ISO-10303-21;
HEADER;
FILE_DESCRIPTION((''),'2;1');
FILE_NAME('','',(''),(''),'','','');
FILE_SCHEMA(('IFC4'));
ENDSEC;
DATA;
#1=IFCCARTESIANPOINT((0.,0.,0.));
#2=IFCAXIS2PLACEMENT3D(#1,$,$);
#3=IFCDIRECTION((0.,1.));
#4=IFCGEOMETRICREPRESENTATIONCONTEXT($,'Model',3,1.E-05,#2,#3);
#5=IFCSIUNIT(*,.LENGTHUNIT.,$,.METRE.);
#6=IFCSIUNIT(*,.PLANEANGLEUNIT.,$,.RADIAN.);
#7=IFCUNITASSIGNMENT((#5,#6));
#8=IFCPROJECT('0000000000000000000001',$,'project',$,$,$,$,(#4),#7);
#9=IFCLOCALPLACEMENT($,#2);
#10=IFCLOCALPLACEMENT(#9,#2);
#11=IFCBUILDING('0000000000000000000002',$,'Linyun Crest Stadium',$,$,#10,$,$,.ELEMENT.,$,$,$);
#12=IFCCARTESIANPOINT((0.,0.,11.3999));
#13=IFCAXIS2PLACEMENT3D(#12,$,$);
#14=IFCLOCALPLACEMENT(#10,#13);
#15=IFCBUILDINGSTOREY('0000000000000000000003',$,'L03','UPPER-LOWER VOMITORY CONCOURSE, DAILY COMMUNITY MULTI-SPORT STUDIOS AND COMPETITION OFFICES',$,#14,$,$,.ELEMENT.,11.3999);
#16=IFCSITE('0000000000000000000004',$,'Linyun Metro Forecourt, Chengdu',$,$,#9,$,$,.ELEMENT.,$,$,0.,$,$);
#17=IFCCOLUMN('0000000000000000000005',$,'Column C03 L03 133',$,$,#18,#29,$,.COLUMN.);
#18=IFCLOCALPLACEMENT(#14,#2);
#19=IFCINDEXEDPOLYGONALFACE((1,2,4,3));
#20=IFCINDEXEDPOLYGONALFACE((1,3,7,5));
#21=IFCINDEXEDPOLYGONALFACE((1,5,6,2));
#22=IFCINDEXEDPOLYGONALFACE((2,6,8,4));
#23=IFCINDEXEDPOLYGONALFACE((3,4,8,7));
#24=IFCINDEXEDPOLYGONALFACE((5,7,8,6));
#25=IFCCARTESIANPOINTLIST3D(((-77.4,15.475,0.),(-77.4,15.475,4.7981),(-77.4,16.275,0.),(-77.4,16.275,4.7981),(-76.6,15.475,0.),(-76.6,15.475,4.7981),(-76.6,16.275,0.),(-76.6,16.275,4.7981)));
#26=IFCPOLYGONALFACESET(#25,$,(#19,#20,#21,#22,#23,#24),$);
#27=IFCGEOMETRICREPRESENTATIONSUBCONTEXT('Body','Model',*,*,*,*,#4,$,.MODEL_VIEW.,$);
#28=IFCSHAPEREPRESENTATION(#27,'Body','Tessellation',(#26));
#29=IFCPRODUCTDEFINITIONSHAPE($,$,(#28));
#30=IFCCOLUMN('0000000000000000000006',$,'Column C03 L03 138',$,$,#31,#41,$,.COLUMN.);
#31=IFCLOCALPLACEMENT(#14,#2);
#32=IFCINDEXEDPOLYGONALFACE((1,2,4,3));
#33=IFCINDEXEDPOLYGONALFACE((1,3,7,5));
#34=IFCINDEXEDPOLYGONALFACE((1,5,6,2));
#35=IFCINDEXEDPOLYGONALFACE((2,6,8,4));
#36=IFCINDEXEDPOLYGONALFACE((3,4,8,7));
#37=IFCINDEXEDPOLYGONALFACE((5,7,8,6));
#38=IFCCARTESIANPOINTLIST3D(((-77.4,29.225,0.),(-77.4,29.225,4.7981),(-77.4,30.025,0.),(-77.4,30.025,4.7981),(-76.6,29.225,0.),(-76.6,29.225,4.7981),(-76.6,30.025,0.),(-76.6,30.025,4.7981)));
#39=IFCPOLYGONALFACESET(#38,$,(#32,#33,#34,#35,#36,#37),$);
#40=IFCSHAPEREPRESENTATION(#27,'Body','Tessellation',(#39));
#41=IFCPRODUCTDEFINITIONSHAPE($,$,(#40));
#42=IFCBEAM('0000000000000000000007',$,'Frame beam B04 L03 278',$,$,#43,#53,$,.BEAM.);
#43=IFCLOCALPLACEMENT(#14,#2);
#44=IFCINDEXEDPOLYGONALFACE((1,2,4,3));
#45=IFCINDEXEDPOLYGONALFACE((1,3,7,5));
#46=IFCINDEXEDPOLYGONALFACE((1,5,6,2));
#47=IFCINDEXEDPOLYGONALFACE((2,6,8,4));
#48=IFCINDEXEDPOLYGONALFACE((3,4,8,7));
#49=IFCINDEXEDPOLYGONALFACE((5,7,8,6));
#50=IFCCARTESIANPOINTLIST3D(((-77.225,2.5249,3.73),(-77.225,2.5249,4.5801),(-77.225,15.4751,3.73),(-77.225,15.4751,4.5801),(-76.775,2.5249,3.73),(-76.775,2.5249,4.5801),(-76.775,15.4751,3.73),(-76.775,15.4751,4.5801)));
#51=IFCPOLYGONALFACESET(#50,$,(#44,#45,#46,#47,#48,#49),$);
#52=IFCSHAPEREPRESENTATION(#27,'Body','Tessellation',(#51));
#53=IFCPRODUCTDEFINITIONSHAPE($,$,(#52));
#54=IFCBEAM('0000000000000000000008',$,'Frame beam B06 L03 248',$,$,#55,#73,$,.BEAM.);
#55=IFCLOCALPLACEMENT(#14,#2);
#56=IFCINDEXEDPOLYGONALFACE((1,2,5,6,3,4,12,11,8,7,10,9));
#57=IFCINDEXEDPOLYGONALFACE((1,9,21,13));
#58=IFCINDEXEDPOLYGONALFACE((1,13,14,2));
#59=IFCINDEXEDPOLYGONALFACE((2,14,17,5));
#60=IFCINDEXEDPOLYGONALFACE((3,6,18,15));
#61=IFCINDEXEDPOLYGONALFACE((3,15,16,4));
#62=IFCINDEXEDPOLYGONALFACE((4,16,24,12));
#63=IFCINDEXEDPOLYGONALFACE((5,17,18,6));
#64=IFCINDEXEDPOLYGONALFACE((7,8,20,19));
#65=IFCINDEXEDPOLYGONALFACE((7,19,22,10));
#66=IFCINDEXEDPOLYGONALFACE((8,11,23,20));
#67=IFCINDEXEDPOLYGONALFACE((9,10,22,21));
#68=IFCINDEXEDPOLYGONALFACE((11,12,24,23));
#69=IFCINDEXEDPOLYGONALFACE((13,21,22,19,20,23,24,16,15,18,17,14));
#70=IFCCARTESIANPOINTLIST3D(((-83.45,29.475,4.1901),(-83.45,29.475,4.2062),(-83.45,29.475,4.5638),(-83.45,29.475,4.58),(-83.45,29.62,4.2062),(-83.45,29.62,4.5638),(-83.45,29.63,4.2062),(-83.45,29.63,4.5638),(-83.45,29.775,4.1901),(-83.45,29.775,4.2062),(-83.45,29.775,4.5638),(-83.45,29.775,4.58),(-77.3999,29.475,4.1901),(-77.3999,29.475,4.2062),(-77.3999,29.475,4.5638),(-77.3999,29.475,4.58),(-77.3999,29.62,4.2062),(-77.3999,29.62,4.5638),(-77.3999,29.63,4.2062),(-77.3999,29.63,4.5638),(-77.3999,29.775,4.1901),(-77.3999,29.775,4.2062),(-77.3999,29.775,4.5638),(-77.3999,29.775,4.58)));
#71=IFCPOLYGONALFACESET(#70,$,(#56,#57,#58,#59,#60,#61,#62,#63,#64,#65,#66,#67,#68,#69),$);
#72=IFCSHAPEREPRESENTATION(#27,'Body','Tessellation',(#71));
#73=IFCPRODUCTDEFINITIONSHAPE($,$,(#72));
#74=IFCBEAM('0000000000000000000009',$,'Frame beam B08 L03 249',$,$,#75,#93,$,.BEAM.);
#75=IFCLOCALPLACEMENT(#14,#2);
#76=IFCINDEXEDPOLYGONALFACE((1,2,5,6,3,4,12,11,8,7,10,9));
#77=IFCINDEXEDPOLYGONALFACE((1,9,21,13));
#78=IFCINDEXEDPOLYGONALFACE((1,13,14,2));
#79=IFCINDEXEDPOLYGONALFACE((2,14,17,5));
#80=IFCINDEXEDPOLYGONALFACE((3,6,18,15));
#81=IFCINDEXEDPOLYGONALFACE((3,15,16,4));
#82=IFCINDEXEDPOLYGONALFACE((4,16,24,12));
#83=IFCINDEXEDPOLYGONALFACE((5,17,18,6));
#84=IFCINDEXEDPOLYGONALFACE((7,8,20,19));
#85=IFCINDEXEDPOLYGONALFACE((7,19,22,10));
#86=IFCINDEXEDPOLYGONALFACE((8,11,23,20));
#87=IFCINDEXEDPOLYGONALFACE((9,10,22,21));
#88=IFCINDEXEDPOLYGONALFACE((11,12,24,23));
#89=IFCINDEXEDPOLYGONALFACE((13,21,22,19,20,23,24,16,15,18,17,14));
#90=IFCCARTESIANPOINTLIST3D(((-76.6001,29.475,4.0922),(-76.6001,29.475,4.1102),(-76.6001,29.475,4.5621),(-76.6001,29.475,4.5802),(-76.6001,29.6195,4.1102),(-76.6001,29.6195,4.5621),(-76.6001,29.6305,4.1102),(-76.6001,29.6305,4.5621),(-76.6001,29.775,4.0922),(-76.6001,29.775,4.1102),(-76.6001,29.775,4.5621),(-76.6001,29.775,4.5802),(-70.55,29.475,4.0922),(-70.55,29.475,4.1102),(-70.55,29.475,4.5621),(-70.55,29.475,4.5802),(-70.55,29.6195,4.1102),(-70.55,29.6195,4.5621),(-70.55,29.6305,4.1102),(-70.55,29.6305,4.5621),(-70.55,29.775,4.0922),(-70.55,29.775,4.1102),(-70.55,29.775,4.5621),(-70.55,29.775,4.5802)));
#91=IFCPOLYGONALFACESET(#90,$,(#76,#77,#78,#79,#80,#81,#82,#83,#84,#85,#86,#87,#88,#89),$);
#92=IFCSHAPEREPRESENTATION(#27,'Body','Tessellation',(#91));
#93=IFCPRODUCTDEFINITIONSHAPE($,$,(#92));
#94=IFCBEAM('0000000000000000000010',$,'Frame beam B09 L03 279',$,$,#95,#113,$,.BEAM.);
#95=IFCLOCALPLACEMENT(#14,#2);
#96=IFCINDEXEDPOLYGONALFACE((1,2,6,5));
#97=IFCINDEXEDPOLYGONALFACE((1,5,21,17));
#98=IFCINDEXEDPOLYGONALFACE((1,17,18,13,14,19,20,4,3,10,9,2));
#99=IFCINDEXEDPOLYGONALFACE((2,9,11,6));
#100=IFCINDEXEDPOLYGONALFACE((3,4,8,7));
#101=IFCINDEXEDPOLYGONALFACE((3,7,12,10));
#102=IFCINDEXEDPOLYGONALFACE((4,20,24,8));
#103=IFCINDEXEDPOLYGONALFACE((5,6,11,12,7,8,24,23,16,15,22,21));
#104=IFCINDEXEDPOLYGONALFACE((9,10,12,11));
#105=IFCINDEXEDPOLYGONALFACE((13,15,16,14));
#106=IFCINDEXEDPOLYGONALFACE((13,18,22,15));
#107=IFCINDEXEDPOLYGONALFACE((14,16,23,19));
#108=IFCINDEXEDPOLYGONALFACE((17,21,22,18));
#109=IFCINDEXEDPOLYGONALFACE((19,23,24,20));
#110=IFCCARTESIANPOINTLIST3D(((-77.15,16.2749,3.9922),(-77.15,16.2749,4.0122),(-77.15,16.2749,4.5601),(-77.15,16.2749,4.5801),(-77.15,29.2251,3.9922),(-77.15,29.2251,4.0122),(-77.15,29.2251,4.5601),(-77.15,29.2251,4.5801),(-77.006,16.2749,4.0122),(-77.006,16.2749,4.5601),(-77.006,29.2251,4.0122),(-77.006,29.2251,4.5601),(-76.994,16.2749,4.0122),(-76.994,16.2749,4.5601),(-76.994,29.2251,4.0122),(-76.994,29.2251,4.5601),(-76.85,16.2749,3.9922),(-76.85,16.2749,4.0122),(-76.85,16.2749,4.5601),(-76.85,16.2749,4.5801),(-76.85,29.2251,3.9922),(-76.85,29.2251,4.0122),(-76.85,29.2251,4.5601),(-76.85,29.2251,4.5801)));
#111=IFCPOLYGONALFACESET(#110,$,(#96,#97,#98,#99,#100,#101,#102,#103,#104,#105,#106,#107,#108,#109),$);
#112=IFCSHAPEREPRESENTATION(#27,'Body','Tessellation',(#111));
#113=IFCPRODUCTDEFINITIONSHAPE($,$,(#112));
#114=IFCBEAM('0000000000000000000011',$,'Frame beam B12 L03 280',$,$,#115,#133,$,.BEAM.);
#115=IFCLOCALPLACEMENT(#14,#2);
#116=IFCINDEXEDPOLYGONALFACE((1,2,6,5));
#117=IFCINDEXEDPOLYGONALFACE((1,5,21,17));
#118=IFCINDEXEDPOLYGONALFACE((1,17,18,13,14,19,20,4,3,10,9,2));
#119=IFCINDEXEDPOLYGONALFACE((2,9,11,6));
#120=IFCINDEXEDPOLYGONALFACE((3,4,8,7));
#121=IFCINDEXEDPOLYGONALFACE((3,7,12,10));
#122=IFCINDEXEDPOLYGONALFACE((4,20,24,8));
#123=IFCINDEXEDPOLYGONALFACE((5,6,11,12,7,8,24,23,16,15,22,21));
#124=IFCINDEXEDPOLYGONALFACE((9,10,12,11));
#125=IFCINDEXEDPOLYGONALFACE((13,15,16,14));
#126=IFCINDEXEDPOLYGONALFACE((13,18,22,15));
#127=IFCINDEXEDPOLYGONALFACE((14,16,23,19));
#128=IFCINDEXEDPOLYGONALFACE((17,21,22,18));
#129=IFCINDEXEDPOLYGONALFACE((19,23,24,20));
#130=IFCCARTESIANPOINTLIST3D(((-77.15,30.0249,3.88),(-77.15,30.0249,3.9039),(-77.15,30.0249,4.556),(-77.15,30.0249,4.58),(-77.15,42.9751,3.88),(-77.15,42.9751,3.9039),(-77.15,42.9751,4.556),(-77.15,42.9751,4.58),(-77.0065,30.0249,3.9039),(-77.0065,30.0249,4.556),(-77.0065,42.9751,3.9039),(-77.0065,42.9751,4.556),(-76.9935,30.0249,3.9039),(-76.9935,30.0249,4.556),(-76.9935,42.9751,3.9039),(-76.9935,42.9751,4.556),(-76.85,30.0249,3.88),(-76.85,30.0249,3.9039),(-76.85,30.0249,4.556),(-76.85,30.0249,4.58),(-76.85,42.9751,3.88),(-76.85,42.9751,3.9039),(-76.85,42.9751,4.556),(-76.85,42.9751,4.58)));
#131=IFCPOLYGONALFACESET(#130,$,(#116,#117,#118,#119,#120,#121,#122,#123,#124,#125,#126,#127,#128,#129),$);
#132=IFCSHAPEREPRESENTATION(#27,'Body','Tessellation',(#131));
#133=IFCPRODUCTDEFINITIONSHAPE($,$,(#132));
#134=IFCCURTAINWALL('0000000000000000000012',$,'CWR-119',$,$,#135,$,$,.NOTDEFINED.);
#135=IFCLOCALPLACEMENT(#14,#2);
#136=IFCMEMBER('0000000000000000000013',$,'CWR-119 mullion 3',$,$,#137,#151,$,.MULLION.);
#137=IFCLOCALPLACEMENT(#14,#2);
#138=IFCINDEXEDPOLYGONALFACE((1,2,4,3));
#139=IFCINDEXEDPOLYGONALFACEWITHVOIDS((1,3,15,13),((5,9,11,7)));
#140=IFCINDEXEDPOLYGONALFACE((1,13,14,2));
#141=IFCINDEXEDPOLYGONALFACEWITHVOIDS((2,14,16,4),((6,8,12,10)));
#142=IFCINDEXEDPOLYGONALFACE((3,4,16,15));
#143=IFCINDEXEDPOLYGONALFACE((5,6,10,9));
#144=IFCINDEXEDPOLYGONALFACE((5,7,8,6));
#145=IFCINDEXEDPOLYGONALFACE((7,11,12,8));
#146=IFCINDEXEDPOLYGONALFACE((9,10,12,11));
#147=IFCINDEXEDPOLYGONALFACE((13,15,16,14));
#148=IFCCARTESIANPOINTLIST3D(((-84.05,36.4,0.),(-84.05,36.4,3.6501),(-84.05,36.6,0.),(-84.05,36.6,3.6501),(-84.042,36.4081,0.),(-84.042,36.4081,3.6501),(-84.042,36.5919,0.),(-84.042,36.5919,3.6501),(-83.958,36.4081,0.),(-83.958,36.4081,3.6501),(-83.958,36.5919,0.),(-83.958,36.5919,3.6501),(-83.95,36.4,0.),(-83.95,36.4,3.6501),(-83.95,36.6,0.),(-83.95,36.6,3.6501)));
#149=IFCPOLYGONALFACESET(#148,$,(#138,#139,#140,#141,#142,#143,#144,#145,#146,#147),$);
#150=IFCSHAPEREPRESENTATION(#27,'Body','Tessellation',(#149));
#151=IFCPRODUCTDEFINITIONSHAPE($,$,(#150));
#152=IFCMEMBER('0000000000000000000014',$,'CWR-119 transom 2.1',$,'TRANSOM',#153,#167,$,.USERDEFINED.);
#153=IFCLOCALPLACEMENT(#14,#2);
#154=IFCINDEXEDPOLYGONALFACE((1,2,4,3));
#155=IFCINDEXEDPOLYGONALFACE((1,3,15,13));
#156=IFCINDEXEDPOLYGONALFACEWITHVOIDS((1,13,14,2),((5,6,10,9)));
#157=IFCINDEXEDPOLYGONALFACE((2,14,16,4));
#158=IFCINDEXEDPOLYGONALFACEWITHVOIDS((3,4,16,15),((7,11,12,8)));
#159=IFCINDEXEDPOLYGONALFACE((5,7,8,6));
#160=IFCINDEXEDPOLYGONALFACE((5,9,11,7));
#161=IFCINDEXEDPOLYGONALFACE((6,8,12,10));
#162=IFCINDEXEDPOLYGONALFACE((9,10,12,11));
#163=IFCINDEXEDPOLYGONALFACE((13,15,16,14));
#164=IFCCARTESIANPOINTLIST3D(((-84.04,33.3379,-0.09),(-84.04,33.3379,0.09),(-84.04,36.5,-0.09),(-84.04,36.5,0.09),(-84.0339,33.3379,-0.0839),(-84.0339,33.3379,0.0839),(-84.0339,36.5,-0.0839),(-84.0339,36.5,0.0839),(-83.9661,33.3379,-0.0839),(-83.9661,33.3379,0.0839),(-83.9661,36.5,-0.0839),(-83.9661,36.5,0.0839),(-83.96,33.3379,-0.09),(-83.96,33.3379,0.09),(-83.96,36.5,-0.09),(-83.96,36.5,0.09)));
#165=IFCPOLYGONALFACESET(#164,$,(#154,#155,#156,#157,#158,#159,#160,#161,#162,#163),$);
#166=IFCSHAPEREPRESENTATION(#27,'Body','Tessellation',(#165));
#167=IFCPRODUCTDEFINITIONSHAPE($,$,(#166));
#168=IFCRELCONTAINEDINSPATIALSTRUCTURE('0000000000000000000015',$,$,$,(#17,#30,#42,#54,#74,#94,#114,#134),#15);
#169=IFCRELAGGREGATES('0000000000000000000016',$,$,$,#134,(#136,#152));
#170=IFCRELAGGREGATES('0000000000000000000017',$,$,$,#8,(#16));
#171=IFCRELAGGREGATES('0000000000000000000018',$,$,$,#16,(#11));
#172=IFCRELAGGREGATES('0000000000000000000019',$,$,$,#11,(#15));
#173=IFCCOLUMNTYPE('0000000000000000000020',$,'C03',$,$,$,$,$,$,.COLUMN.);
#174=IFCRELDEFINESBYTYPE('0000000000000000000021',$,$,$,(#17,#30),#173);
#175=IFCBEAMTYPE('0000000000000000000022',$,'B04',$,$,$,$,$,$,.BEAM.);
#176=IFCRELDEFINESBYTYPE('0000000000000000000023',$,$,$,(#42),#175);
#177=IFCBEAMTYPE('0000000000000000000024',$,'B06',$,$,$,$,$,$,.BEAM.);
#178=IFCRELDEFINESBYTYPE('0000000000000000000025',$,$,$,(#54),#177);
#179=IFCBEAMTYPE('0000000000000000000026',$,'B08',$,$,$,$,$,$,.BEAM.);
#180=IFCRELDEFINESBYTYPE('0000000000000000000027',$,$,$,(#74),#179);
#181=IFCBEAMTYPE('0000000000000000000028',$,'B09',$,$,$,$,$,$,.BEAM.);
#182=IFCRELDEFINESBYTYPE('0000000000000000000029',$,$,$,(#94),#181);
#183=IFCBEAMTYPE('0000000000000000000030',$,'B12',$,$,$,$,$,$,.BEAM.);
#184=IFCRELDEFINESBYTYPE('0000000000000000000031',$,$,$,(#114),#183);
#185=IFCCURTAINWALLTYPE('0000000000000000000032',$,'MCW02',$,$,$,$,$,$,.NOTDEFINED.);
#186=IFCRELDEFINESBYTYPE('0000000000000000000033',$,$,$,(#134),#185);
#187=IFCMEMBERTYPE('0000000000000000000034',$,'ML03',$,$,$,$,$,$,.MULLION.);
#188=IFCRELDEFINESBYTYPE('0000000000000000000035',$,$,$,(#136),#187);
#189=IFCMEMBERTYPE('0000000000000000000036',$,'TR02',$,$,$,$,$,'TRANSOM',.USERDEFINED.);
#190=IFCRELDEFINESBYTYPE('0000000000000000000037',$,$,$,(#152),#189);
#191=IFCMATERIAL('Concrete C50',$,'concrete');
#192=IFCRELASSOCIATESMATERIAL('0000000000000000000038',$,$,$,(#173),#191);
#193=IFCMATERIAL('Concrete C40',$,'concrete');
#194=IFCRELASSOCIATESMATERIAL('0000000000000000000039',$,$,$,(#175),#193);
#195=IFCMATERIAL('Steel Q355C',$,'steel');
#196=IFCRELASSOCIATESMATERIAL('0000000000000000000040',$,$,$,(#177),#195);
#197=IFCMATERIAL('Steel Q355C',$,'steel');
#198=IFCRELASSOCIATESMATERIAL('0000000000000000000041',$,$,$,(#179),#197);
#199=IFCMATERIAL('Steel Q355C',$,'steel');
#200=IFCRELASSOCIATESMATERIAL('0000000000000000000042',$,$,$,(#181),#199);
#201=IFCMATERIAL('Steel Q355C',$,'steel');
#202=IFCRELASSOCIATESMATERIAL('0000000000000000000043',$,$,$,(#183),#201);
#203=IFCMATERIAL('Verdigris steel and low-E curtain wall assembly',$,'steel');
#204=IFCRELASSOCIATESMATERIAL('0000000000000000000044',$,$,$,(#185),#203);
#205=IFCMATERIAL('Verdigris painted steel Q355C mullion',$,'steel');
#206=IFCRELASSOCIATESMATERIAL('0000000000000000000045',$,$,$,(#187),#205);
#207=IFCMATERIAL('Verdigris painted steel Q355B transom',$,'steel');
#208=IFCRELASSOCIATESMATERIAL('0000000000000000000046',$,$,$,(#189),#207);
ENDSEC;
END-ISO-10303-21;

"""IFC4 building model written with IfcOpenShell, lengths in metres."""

from ifc_helpers import new_model, si_unit, direction, frame, origin, origin_2d, place, context, subcontext, project, spatial, rectangle, hollow_rectangle, i_section, extrude, material, material_profile, profile_set, type_object, element, aggregate, save


model = new_model("IFC4")

# Units and contexts
model_context = context("Model", 3, precision=1e-05, world=origin(), true_north=direction((0.0, 1.0)))
body_context = subcontext(model_context, "Body", "Model", "MODEL_VIEW")
ifc_project = project(units=[si_unit("LENGTHUNIT", "METRE"), si_unit("PLANEANGLEUNIT", "RADIAN")], contexts=[model_context])

# Site, building, storey
site_placement = place(None, origin())
site = spatial("IfcSite", under=ifc_project, at=site_placement, Name="Linyun Metro Forecourt, Chengdu", CompositionType="ELEMENT", RefElevation=0.0)
building_placement = place(site_placement, origin())
building = spatial("IfcBuilding", under=site, at=building_placement, Name="Linyun Crest Stadium", CompositionType="ELEMENT")
storey_placement = place(building_placement, frame((0.0, 0.0, 11.3999)))
storey = spatial("IfcBuildingStorey", under=building, at=storey_placement, Name="L03", Description="UPPER-LOWER VOMITORY CONCOURSE, DAILY COMMUNITY MULTI-SPORT STUDIOS AND COMPETITION OFFICES", CompositionType="ELEMENT", Elevation=11.3999)

# Columns
ifc_material_1 = material(Name="Concrete C50", Category="concrete")
ifc_material_profile_1 = material_profile(ifc_material_1, rectangle(XDim=0.8, YDim=0.8, at=origin_2d()), Name="RC 800x800")
ifc_profile_set_1 = profile_set([ifc_material_profile_1], Name="Concrete C50")
column_type = type_object("IfcColumnType", Name="C03", PredefinedType="COLUMN", material=ifc_profile_set_1)
for number, where, z_axis, x_axis, name in (
    (1, (-77.0, 15.875, 0.0), (0.0, 0.0, 1.0), (1.0, 0.0, 0.0), "Column C03 L03 133"),
    (2, (-77.0, 29.625, 0.0), (0.0, 0.0, 1.0), (1.0, 0.0, 0.0), "Column C03 L03 138"),
):
    element("IfcColumn", number, at=place(storey_placement, frame(where, z_axis=z_axis, x_axis=x_axis)), inside=storey, type_object=column_type, Name=name, PredefinedType="COLUMN", context=body_context, shape_type="SweptSolid", body=[
        extrude(rectangle(XDim=0.8, YDim=0.8, at=origin_2d()), origin(), (0.0, 0.0, 1.0), 4.7981),
    ])

# Beams
ifc_material_2 = material(Name="Concrete C40", Category="concrete")
ifc_material_profile_2 = material_profile(ifc_material_2, rectangle(XDim=0.45, YDim=0.8501, at=origin_2d()), Name="RCB 850x450")
ifc_profile_set_2 = profile_set([ifc_material_profile_2], Name="Concrete C40")
beam_type_1 = type_object("IfcBeamType", Name="B04", PredefinedType="BEAM", material=ifc_profile_set_2)
beam_1_placement = place(storey_placement, frame((-77.0, 2.5249, 4.155), z_axis=(0.0, 1.0, 0.0), x_axis=(-1.0, 0.0, 0.0)))
element("IfcBeam", 3, at=beam_1_placement, inside=storey, type_object=beam_type_1, Name="Frame beam B04 L03 278", PredefinedType="BEAM", context=body_context, shape_type="SweptSolid", body=[
    extrude(rectangle(XDim=0.45, YDim=0.8501, at=origin_2d()), origin(), (0.0, 0.0, 1.0), 12.9502),
])
ifc_material_3 = material(Name="Steel Q355C", Category="steel")
ifc_material_profile_3 = material_profile(ifc_material_3, i_section(OverallWidth=0.3, OverallDepth=0.3899, WebThickness=0.01, FlangeThickness=0.0161, at=origin_2d()), Name="HM 390x300")
ifc_profile_set_3 = profile_set([ifc_material_profile_3], Name="Steel Q355C")
beam_type_2 = type_object("IfcBeamType", Name="B06", PredefinedType="BEAM", material=ifc_profile_set_3)
beam_2_placement = place(storey_placement, frame((-83.45, 29.625, 4.385), z_axis=(1.0, 0.0, 0.0), x_axis=(0.0, 1.0, 0.0)))
element("IfcBeam", 4, at=beam_2_placement, inside=storey, type_object=beam_type_2, Name="Frame beam B06 L03 248", PredefinedType="BEAM", context=body_context, shape_type="SweptSolid", body=[
    extrude(i_section(OverallWidth=0.3, OverallDepth=0.3899, WebThickness=0.01, FlangeThickness=0.0161, at=origin_2d()), origin(), (0.0, 0.0, 1.0), 6.05),
])
ifc_material_4 = material(Name="Steel Q355C", Category="steel")
ifc_material_profile_4 = material_profile(ifc_material_4, i_section(OverallWidth=0.3, OverallDepth=0.488, WebThickness=0.011, FlangeThickness=0.0181, at=origin_2d()), Name="HM 488x300")
ifc_profile_set_4 = profile_set([ifc_material_profile_4], Name="Steel Q355C")
beam_type_3 = type_object("IfcBeamType", Name="B08", PredefinedType="BEAM", material=ifc_profile_set_4)
beam_3_placement = place(storey_placement, frame((-76.6001, 29.625, 4.3362), z_axis=(1.0, 0.0, 0.0), x_axis=(0.0, 1.0, 0.0)))
element("IfcBeam", 5, at=beam_3_placement, inside=storey, type_object=beam_type_3, Name="Frame beam B08 L03 249", PredefinedType="BEAM", context=body_context, shape_type="SweptSolid", body=[
    extrude(i_section(OverallWidth=0.3, OverallDepth=0.488, WebThickness=0.011, FlangeThickness=0.0181, at=origin_2d()), origin(), (0.0, 0.0, 1.0), 6.05),
])
ifc_material_5 = material(Name="Steel Q355C", Category="steel")
ifc_material_profile_5 = material_profile(ifc_material_5, i_section(OverallWidth=0.3, OverallDepth=0.5879, WebThickness=0.012, FlangeThickness=0.02, at=origin_2d()), Name="HM 588x300")
ifc_profile_set_5 = profile_set([ifc_material_profile_5], Name="Steel Q355C")
beam_type_4 = type_object("IfcBeamType", Name="B09", PredefinedType="BEAM", material=ifc_profile_set_5)
beam_4_placement = place(storey_placement, frame((-77.0, 16.2749, 4.2861), z_axis=(0.0, 1.0, 0.0), x_axis=(-1.0, 0.0, 0.0)))
element("IfcBeam", 6, at=beam_4_placement, inside=storey, type_object=beam_type_4, Name="Frame beam B09 L03 279", PredefinedType="BEAM", context=body_context, shape_type="SweptSolid", body=[
    extrude(i_section(OverallWidth=0.3, OverallDepth=0.5879, WebThickness=0.012, FlangeThickness=0.02, at=origin_2d()), origin(), (0.0, 0.0, 1.0), 12.9502),
])
ifc_material_6 = material(Name="Steel Q355C", Category="steel")
ifc_material_profile_6 = material_profile(ifc_material_6, i_section(OverallWidth=0.3, OverallDepth=0.7, WebThickness=0.0129, FlangeThickness=0.0239, at=origin_2d()), Name="HN 700x300")
ifc_profile_set_6 = profile_set([ifc_material_profile_6], Name="Steel Q355C")
beam_type_5 = type_object("IfcBeamType", Name="B12", PredefinedType="BEAM", material=ifc_profile_set_6)
beam_5_placement = place(storey_placement, frame((-77.0, 30.0249, 4.23), z_axis=(0.0, 1.0, 0.0), x_axis=(-1.0, 0.0, 0.0)))
element("IfcBeam", 7, at=beam_5_placement, inside=storey, type_object=beam_type_5, Name="Frame beam B12 L03 280", PredefinedType="BEAM", context=body_context, shape_type="SweptSolid", body=[
    extrude(i_section(OverallWidth=0.3, OverallDepth=0.7, WebThickness=0.0129, FlangeThickness=0.0239, at=origin_2d()), origin(), (0.0, 0.0, 1.0), 12.9502),
])

# Curtain wall, members
ifc_material_7 = material(Name="Verdigris steel and low-E curtain wall assembly", Category="steel")
curtain_wall_type = type_object("IfcCurtainWallType", Name="MCW02", PredefinedType="NOTDEFINED", material=ifc_material_7)
curtain_wall_placement = place(storey_placement, origin())
curtain_wall = element("IfcCurtainWall", 8, at=curtain_wall_placement, inside=storey, type_object=curtain_wall_type, Name="CWR-119", PredefinedType="NOTDEFINED")
ifc_material_8 = material(Name="Verdigris painted steel Q355C mullion", Category="steel")
ifc_material_profile_7 = material_profile(ifc_material_8, hollow_rectangle(XDim=0.1001, YDim=0.2, WallThickness=0.0081, at=origin_2d()), Name="RHS 200x100x8")
ifc_profile_set_7 = profile_set([ifc_material_profile_7], Name="Verdigris painted steel Q355C mullion")
member_type_1 = type_object("IfcMemberType", Name="ML03", PredefinedType="MULLION", material=ifc_profile_set_7)
member_1_placement = place(storey_placement, frame((-84.0, 36.5, 0.0), z_axis=(0.0, 0.0, 1.0), x_axis=(-1.0, 0.0, 0.0)))
member_1 = element("IfcMember", 9, at=member_1_placement, type_object=member_type_1, Name="CWR-119 mullion 3", PredefinedType="MULLION", context=body_context, shape_type="SweptSolid", body=[
    extrude(hollow_rectangle(XDim=0.1001, YDim=0.2, WallThickness=0.0081, at=origin_2d()), origin(), (0.0, 0.0, 1.0), 3.6501),
])
ifc_material_9 = material(Name="Verdigris painted steel Q355B transom", Category="steel")
ifc_material_profile_8 = material_profile(ifc_material_9, hollow_rectangle(XDim=0.0801, YDim=0.1799, WallThickness=0.0061, at=origin_2d()), Name="RHS 180x80x6")
ifc_profile_set_8 = profile_set([ifc_material_profile_8], Name="Verdigris painted steel Q355B transom")
member_type_2 = type_object("IfcMemberType", Name="TR02", ElementType="TRANSOM", PredefinedType="USERDEFINED", material=ifc_profile_set_8)
member_2_placement = place(storey_placement, frame((-84.0, 33.3379, 0.0), z_axis=(0.0, 1.0, 0.0), x_axis=(-1.0, 0.0, 0.0)))
member_2 = element("IfcMember", 10, at=member_2_placement, type_object=member_type_2, Name="CWR-119 transom 2.1", ObjectType="TRANSOM", PredefinedType="USERDEFINED", context=body_context, shape_type="SweptSolid", body=[
    extrude(hollow_rectangle(XDim=0.0801, YDim=0.1799, WallThickness=0.0061, at=origin_2d()), origin(), (0.0, 0.0, 1.0), 3.1621),
])
aggregate(curtain_wall, [member_1, member_2])

save(model, "model.ifc")
